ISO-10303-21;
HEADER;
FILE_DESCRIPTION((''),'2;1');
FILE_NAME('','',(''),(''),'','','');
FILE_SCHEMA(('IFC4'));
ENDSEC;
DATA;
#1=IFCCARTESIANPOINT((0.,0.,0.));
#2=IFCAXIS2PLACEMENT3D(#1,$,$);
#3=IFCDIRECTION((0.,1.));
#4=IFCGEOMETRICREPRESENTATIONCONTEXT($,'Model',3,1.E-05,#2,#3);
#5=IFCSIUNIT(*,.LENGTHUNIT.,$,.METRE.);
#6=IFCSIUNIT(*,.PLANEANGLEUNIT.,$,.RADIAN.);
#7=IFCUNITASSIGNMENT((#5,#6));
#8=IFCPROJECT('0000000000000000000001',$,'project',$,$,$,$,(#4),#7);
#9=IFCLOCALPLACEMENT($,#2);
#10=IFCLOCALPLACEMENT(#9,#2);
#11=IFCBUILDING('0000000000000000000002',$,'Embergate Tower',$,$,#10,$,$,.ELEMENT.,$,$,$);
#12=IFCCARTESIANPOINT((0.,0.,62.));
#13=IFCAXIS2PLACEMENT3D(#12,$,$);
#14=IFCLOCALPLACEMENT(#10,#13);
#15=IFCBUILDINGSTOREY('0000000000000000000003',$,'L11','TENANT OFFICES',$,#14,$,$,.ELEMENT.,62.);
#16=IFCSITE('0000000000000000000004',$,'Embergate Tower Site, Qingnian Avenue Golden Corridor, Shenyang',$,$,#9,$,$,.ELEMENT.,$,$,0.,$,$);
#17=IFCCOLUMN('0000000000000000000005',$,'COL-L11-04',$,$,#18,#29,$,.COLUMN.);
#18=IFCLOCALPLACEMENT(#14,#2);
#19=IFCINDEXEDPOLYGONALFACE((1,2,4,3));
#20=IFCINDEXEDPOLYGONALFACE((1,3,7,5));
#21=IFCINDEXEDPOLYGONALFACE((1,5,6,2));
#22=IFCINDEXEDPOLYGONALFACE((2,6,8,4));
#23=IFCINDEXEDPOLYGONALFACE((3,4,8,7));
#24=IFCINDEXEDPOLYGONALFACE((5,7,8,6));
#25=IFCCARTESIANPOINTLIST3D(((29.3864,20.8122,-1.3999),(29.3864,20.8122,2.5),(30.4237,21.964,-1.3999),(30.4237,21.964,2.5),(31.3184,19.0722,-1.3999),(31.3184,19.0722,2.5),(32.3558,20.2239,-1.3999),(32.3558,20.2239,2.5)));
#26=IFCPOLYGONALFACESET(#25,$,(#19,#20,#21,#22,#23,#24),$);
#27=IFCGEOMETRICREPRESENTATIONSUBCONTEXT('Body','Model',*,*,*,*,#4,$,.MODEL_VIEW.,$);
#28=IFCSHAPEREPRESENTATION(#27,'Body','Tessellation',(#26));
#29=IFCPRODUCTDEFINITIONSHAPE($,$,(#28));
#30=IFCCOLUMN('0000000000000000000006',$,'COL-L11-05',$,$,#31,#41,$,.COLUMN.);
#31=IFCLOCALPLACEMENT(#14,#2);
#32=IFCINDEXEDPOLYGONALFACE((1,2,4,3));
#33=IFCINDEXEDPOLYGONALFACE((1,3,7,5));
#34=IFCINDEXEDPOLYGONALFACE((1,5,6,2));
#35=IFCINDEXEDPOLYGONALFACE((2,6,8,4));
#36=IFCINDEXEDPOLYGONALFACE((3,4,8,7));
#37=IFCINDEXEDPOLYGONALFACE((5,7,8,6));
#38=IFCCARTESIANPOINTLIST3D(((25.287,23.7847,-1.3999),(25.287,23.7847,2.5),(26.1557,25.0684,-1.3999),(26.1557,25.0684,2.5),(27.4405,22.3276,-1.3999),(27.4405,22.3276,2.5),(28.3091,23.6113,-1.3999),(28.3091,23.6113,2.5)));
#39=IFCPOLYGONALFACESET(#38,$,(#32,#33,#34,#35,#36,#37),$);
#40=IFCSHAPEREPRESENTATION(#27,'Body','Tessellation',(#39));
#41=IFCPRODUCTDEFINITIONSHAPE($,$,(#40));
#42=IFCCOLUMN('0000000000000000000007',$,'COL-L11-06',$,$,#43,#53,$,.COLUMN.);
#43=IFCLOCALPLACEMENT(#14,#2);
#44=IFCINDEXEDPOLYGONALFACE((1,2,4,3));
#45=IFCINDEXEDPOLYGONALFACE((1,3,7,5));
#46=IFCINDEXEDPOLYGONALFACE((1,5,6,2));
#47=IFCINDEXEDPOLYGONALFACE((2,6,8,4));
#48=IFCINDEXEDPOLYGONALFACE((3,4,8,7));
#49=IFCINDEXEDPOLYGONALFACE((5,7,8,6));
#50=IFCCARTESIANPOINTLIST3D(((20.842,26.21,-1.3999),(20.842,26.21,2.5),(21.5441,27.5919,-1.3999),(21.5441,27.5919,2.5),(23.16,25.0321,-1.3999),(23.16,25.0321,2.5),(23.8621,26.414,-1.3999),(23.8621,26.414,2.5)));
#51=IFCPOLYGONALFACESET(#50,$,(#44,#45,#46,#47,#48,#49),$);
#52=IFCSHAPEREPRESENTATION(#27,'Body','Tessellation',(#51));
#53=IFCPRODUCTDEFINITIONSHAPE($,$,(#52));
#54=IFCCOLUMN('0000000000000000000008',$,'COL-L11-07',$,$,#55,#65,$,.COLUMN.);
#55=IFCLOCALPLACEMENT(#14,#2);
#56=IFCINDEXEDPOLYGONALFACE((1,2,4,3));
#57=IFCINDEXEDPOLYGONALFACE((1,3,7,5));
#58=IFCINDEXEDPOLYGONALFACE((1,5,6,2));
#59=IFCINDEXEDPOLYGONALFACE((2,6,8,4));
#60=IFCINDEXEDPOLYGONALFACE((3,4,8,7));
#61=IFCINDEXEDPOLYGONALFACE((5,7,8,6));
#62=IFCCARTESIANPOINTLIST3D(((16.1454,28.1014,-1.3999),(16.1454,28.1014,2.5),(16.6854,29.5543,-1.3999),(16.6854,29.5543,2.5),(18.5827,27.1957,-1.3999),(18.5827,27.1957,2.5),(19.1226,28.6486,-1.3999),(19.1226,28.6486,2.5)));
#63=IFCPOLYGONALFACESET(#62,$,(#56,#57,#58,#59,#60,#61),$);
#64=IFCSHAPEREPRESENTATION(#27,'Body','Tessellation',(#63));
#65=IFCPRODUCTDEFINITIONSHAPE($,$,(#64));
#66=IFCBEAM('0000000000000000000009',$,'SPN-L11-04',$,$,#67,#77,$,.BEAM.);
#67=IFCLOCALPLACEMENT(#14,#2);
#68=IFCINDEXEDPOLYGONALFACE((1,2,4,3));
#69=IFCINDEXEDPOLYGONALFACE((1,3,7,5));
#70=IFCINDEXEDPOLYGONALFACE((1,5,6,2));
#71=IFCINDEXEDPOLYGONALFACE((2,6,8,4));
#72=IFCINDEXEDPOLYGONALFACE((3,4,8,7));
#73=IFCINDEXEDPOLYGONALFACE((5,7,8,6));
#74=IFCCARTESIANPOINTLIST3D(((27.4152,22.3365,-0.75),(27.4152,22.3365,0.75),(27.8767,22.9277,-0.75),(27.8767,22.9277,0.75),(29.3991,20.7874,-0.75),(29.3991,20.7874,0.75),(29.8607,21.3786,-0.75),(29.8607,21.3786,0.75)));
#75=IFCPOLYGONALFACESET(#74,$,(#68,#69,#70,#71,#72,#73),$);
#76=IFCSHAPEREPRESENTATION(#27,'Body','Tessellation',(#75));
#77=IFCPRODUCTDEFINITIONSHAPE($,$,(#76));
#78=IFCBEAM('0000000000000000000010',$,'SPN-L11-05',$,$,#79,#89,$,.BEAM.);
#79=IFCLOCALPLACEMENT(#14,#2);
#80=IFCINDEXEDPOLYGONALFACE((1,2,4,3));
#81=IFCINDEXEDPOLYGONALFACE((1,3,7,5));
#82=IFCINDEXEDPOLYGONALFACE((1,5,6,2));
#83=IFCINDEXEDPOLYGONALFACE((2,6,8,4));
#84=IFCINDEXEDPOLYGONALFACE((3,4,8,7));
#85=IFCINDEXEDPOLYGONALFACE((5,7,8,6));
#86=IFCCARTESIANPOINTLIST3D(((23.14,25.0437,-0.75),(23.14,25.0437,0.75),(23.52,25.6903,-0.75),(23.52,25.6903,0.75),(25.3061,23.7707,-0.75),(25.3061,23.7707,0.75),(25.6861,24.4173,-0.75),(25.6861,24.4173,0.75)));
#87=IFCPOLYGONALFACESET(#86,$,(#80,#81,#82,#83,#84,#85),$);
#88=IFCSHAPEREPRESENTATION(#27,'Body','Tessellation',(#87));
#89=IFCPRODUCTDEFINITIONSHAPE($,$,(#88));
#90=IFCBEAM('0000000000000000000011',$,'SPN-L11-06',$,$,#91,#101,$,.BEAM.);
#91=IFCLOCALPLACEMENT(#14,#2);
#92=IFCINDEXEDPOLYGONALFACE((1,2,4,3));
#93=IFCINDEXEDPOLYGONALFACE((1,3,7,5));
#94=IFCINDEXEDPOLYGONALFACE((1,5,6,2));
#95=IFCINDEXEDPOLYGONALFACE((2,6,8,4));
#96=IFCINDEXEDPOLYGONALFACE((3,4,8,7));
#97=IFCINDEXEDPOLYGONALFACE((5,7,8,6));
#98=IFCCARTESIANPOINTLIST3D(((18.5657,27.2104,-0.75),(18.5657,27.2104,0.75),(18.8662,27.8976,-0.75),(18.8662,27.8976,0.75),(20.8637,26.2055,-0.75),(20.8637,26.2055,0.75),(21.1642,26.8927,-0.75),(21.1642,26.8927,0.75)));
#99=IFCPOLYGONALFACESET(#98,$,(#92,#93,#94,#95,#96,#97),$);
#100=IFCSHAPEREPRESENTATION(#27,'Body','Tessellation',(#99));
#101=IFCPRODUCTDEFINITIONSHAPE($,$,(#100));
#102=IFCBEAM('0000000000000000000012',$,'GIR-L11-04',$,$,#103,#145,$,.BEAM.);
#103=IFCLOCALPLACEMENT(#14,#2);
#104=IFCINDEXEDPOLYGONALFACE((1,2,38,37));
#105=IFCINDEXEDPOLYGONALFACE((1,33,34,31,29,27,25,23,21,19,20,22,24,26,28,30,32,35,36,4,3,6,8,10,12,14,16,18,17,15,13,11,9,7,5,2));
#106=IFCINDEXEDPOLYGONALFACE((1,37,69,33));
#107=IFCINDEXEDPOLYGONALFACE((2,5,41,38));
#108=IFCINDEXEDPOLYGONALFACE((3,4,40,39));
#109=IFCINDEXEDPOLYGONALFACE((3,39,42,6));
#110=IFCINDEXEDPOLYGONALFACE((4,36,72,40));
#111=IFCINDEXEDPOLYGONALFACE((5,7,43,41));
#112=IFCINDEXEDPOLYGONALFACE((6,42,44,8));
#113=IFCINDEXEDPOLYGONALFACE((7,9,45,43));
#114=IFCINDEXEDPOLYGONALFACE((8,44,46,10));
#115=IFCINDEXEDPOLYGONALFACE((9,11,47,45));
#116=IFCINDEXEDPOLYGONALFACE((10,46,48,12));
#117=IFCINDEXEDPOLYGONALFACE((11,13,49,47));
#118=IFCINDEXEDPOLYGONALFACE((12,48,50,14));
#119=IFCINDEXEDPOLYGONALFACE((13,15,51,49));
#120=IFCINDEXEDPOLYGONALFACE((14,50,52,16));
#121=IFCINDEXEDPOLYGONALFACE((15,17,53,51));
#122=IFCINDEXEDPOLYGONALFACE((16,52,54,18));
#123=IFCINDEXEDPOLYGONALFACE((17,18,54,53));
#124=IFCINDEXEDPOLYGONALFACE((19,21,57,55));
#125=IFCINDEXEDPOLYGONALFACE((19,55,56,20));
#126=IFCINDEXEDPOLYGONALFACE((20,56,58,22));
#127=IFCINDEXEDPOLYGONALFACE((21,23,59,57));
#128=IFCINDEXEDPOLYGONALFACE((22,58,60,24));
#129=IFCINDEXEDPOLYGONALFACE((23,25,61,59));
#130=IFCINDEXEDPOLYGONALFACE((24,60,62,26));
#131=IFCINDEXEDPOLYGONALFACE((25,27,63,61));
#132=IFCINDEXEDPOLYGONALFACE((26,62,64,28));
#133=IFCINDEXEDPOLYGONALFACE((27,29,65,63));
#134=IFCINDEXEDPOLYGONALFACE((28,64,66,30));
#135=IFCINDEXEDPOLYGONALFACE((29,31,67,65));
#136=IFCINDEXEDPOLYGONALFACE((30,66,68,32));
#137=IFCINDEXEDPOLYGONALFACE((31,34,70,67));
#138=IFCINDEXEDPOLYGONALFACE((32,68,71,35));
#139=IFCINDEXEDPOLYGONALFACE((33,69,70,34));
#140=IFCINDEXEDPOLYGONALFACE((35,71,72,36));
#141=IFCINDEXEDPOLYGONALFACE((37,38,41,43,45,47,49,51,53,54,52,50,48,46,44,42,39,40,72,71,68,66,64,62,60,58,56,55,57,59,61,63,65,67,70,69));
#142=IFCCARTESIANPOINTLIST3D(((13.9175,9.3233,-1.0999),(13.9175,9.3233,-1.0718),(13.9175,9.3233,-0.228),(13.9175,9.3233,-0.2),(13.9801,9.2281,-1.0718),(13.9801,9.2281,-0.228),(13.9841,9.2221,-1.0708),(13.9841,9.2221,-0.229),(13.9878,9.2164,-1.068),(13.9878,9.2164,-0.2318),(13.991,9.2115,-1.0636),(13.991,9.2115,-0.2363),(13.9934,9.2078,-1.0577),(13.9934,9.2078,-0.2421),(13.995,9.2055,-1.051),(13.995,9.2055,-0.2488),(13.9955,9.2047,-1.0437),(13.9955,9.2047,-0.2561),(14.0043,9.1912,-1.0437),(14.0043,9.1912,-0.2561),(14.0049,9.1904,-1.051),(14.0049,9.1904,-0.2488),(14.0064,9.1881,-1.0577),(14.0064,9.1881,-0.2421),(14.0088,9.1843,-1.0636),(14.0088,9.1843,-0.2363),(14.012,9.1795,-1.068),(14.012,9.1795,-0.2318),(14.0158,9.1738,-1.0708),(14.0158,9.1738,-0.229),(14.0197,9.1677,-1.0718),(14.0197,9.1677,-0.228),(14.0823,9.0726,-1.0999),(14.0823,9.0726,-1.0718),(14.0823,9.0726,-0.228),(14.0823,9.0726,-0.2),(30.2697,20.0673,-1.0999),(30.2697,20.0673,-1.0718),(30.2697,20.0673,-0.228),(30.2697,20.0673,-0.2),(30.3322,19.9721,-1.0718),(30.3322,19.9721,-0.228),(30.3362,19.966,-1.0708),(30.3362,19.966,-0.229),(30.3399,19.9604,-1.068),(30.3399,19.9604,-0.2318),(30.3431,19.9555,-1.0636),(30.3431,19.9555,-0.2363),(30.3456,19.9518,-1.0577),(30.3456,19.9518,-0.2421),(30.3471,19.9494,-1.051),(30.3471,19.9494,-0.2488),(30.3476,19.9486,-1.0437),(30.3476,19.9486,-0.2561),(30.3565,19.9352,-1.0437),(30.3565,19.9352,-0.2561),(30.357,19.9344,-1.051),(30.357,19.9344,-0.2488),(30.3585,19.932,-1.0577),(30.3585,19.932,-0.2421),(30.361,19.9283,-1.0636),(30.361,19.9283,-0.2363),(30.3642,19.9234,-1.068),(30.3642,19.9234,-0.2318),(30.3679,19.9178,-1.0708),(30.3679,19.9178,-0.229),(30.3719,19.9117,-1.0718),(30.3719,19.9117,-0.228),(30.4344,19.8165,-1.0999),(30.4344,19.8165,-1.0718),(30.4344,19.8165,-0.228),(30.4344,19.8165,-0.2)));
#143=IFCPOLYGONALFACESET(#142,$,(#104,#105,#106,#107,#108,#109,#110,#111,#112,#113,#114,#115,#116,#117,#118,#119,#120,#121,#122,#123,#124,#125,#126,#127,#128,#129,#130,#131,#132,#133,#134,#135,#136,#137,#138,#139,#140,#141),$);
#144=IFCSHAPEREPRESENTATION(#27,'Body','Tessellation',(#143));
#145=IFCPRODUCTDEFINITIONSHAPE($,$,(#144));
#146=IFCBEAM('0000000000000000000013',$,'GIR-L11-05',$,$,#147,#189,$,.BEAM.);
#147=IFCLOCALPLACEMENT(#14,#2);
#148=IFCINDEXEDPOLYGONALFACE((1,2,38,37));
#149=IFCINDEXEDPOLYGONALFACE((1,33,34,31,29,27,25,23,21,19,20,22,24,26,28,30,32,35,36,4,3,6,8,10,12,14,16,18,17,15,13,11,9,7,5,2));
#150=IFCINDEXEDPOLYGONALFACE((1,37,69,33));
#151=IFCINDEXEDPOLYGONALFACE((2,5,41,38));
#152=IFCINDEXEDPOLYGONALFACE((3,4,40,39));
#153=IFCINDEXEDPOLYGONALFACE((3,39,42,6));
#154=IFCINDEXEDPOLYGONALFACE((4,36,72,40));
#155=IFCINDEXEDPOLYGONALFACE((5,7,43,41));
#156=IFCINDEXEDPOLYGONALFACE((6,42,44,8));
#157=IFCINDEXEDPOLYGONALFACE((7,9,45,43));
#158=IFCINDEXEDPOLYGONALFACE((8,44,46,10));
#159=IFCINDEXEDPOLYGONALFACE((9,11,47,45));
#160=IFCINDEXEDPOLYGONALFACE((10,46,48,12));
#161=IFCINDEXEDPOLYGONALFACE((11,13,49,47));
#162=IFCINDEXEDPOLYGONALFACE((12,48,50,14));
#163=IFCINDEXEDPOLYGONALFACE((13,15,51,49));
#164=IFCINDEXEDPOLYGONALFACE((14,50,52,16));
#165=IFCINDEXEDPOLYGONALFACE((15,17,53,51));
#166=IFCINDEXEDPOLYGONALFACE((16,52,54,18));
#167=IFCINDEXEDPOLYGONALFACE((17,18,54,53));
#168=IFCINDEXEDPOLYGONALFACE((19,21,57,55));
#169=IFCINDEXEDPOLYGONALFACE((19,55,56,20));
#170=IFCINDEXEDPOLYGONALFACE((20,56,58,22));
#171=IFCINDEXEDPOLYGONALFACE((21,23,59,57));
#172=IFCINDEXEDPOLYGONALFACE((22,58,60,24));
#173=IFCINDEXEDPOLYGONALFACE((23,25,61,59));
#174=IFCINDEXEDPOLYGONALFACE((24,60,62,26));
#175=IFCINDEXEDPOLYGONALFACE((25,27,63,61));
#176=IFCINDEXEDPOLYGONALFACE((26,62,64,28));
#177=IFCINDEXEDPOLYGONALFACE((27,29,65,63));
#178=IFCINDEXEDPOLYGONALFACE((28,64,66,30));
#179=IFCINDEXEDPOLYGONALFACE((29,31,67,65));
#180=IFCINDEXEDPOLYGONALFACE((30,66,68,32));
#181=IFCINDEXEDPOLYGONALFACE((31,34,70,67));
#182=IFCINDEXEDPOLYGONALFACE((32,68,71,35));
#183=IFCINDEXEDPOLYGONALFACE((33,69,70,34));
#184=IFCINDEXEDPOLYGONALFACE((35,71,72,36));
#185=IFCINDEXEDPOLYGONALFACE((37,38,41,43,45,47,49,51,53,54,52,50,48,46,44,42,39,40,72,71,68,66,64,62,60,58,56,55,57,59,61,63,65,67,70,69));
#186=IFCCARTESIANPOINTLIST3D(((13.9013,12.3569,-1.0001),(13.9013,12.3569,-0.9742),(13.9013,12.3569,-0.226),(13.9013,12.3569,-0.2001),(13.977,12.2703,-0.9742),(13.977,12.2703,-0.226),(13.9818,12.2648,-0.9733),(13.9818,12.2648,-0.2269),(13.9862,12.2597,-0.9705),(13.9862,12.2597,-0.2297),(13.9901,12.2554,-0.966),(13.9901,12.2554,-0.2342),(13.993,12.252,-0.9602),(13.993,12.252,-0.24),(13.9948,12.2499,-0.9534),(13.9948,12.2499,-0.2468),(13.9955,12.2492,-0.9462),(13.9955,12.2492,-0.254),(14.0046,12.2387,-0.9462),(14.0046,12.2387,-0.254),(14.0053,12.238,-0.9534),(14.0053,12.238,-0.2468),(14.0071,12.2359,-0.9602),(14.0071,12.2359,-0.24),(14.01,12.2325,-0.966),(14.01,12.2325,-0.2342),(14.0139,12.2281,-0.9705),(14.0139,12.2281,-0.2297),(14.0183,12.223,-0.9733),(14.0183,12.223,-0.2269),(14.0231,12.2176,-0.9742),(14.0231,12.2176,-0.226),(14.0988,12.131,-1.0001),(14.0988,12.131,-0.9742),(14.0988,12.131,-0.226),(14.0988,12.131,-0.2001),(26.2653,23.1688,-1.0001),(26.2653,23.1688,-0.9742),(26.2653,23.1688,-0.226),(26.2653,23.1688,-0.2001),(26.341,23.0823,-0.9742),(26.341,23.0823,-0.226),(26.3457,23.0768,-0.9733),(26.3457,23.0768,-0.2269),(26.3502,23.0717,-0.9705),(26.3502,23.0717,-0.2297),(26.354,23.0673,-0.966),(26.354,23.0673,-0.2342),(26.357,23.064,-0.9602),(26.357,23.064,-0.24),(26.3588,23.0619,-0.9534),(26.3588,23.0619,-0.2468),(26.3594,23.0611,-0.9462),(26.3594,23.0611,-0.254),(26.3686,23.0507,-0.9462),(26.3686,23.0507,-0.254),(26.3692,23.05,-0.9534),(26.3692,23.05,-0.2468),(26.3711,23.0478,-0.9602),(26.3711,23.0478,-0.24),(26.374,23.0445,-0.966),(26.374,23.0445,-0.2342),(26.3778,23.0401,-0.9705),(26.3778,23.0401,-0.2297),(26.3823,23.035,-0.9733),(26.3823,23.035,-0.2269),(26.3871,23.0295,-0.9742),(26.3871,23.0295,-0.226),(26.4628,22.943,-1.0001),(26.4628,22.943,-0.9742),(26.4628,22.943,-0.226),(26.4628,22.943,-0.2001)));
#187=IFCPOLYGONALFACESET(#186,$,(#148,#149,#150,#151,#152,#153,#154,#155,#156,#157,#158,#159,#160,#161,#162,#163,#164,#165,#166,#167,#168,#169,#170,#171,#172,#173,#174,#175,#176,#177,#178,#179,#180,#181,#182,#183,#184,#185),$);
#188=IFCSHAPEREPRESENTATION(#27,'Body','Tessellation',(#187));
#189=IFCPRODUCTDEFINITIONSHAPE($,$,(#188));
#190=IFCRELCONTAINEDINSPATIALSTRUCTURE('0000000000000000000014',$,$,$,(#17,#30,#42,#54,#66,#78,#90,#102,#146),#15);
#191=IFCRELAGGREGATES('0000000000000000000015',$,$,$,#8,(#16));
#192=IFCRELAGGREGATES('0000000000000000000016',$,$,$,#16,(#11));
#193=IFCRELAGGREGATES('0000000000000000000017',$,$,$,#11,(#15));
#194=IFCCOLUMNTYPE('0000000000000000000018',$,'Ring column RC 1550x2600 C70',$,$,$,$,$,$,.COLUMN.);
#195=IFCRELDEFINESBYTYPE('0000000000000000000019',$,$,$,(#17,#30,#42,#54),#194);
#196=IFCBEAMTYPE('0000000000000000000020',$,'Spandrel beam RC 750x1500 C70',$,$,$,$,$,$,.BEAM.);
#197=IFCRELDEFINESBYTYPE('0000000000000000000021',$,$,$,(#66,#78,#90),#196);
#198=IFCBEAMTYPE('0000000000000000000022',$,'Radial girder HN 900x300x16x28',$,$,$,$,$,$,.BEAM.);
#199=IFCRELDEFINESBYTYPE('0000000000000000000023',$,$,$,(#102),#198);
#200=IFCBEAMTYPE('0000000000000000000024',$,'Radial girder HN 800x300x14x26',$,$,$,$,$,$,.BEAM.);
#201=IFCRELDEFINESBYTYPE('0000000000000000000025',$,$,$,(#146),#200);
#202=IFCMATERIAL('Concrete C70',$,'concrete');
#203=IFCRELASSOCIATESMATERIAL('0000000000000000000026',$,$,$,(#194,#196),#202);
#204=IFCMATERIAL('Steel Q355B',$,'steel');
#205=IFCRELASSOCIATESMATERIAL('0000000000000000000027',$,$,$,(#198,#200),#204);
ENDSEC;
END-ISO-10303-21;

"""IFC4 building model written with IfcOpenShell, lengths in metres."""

from ifc_helpers import new_model, si_unit, direction, frame, origin, origin_2d, place, context, subcontext, project, spatial, rectangle, i_section, extrude, source, transform, mapped, material, material_profile, profile_set, type_object, element, save


model = new_model("IFC4")

# Units and contexts
model_context = context("Model", 3, precision=1e-05, world=origin(), true_north=direction((0.0, 1.0)))
body_context = subcontext(model_context, "Body", "Model", "MODEL_VIEW")
ifc_project = project(units=[si_unit("LENGTHUNIT", "METRE"), si_unit("PLANEANGLEUNIT", "RADIAN")], contexts=[model_context])

# Site, building, storey
site_placement = place(None, origin())
site = spatial("IfcSite", under=ifc_project, at=site_placement, Name="Embergate Tower Site, Qingnian Avenue Golden Corridor, Shenyang", CompositionType="ELEMENT", RefElevation=0.0)
building_placement = place(site_placement, origin())
building = spatial("IfcBuilding", under=site, at=building_placement, Name="Embergate Tower", CompositionType="ELEMENT")
storey_placement = place(building_placement, frame((0.0, 0.0, 62.0)))
storey = spatial("IfcBuildingStorey", under=building, at=storey_placement, Name="L11", Description="TENANT OFFICES", CompositionType="ELEMENT", Elevation=62.0)

# Columns
ifc_material_1 = material(Name="Concrete C70", Category="concrete")
ifc_material_profile_1 = material_profile(ifc_material_1, rectangle(XDim=1.55, YDim=2.6001, at=origin_2d()), Name="RC 1550x2600")
ifc_profile_set_1 = profile_set([ifc_material_profile_1], Name="Concrete C70")
column_type = type_object("IfcColumnType", Name="Ring column RC 1550x2600 C70", PredefinedType="COLUMN", material=ifc_profile_set_1)
shared_shape_1 = source(origin(), body_context, "Body", "SweptSolid", [
    extrude(rectangle(XDim=1.55, YDim=2.6001, at=origin_2d()), origin(), (0.0, 0.0, 1.0), 3.8999),
])
for number, where, z_axis, x_axis, name in (
    (1, (30.8711, 20.5181, -1.3999), (0.0, 0.0, 1.0), (0.669221, 0.743063, 0.0), "COL-L11-04"),
    (2, (26.7981, 23.698, -1.3999), (0.0, 0.0, 1.0), (0.560408, 0.828217, 0.0), "COL-L11-05"),
    (3, (22.3521, 26.312, -1.3999), (0.0, 0.0, 1.0), (0.453011, 0.891505, 0.0), "COL-L11-06"),
    (4, (17.634, 28.375, -1.3999), (0.0, 0.0, 1.0), (0.348343, 0.937367, 0.0), "COL-L11-07"),
):
    element("IfcColumn", number, at=place(storey_placement, frame(where, z_axis=z_axis, x_axis=x_axis)), inside=storey, type_object=column_type, Name=name, PredefinedType="COLUMN", context=body_context, shape_type="MappedRepresentation", body=[
        mapped(shared_shape_1, transform((0.0, 0.0, 0.0))),
    ])

# Beams
ifc_material_profile_2 = material_profile(ifc_material_1, rectangle(XDim=0.75, YDim=1.5, at=origin_2d()), Name="RC 750x1500")
ifc_profile_set_2 = profile_set([ifc_material_profile_2], Name="Concrete C70")
beam_type_1 = type_object("IfcBeamType", Name="Spandrel beam RC 750x1500 C70", PredefinedType="BEAM", material=ifc_profile_set_2)
shared_shape_2 = source(origin(), body_context, "Body", "SweptSolid", [
    extrude(rectangle(XDim=0.75, YDim=1.5, at=origin_2d()), origin(), (0.0, 0.0, 1.0), 2.5171),
])
beam_1_placement = place(storey_placement, frame((29.6299, 21.083, 0.0), z_axis=(-0.788186, 0.615437, 0.0), x_axis=(-0.615437, -0.788186, 0.0)))
element("IfcBeam", 5, at=beam_1_placement, inside=storey, type_object=beam_type_1, Name="SPN-L11-04", PredefinedType="BEAM", context=body_context, shape_type="MappedRepresentation", body=[
    mapped(shared_shape_2, transform((0.0, 0.0, 0.0))),
])
shared_shape_3 = source(origin(), body_context, "Body", "SweptSolid", [
    extrude(rectangle(XDim=0.75, YDim=1.5, at=origin_2d()), origin(), (0.0, 0.0, 1.0), 2.5125),
])
beam_2_placement = place(storey_placement, frame((25.4961, 24.094, 0.0), z_axis=(-0.862139, 0.506672, 0.0), x_axis=(-0.506672, -0.862139, 0.0)))
element("IfcBeam", 6, at=beam_2_placement, inside=storey, type_object=beam_type_1, Name="SPN-L11-05", PredefinedType="BEAM", context=body_context, shape_type="MappedRepresentation", body=[
    mapped(shared_shape_3, transform((0.0, 0.0, 0.0))),
])
shared_shape_4 = source(origin(), body_context, "Body", "SweptSolid", [
    extrude(rectangle(XDim=0.75, YDim=1.5, at=origin_2d()), origin(), (0.0, 0.0, 1.0), 2.5081),
])
beam_3_placement = place(storey_placement, frame((21.0139, 26.5491, 0.0), z_axis=(-0.91622, 0.400676, 0.0), x_axis=(-0.400676, -0.91622, 0.0)))
element("IfcBeam", 7, at=beam_3_placement, inside=storey, type_object=beam_type_1, Name="SPN-L11-06", PredefinedType="BEAM", context=body_context, shape_type="MappedRepresentation", body=[
    mapped(shared_shape_4, transform((0.0, 0.0, 0.0))),
])
ifc_material_2 = material(Name="Steel Q355B", Category="steel")
ifc_material_profile_3 = material_profile(ifc_material_2, i_section(OverallWidth=0.3, OverallDepth=0.8999, WebThickness=0.0161, FlangeThickness=0.0281, FilletRadius=0.0281, at=origin_2d()), Name="HN 900x300x16x28")
ifc_profile_set_3 = profile_set([ifc_material_profile_3], Name="Steel Q355 grade B")
beam_type_2 = type_object("IfcBeamType", Name="Radial girder HN 900x300x16x28", PredefinedType="BEAM", material=ifc_profile_set_3)
shared_shape_5 = source(origin(), body_context, "Body", "SweptSolid", [
    extrude(i_section(OverallWidth=0.3, OverallDepth=0.8999, WebThickness=0.0161, FlangeThickness=0.0281, FilletRadius=0.0281, at=origin_2d()), origin(), (0.0, 0.0, 1.0), 19.5659),
])
beam_4_placement = place(storey_placement, frame((30.3521, 19.9419, -0.6499), z_axis=(-0.835746, -0.549116, 0.0), x_axis=(0.549116, -0.835746, 0.0)))
element("IfcBeam", 8, at=beam_4_placement, inside=storey, type_object=beam_type_2, Name="GIR-L11-04", PredefinedType="BEAM", context=body_context, shape_type="MappedRepresentation", body=[
    mapped(shared_shape_5, transform((0.0, 0.0, 0.0))),
])
ifc_material_profile_4 = material_profile(ifc_material_2, i_section(OverallWidth=0.3, OverallDepth=0.8, WebThickness=0.0139, FlangeThickness=0.0259, FilletRadius=0.0281, at=origin_2d()), Name="HN 800x300x14x26")
ifc_profile_set_4 = profile_set([ifc_material_profile_4], Name="Steel Q355 grade B")
beam_type_3 = type_object("IfcBeamType", Name="Radial girder HN 800x300x14x26", PredefinedType="BEAM", material=ifc_profile_set_4)
shared_shape_6 = source(origin(), body_context, "Body", "SweptSolid", [
    extrude(i_section(OverallWidth=0.3, OverallDepth=0.8, WebThickness=0.0139, FlangeThickness=0.0259, FilletRadius=0.0281, at=origin_2d()), origin(), (0.0, 0.0, 1.0), 16.4246),
])
beam_5_placement = place(storey_placement, frame((26.364, 23.0559, -0.6001), z_axis=(-0.752773, -0.65828, 0.0), x_axis=(0.65828, -0.752773, 0.0)))
element("IfcBeam", 9, at=beam_5_placement, inside=storey, type_object=beam_type_3, Name="GIR-L11-05", PredefinedType="BEAM", context=body_context, shape_type="MappedRepresentation", body=[
    mapped(shared_shape_6, transform((0.0, 0.0, 0.0))),
])

save(model, "model.ifc")
